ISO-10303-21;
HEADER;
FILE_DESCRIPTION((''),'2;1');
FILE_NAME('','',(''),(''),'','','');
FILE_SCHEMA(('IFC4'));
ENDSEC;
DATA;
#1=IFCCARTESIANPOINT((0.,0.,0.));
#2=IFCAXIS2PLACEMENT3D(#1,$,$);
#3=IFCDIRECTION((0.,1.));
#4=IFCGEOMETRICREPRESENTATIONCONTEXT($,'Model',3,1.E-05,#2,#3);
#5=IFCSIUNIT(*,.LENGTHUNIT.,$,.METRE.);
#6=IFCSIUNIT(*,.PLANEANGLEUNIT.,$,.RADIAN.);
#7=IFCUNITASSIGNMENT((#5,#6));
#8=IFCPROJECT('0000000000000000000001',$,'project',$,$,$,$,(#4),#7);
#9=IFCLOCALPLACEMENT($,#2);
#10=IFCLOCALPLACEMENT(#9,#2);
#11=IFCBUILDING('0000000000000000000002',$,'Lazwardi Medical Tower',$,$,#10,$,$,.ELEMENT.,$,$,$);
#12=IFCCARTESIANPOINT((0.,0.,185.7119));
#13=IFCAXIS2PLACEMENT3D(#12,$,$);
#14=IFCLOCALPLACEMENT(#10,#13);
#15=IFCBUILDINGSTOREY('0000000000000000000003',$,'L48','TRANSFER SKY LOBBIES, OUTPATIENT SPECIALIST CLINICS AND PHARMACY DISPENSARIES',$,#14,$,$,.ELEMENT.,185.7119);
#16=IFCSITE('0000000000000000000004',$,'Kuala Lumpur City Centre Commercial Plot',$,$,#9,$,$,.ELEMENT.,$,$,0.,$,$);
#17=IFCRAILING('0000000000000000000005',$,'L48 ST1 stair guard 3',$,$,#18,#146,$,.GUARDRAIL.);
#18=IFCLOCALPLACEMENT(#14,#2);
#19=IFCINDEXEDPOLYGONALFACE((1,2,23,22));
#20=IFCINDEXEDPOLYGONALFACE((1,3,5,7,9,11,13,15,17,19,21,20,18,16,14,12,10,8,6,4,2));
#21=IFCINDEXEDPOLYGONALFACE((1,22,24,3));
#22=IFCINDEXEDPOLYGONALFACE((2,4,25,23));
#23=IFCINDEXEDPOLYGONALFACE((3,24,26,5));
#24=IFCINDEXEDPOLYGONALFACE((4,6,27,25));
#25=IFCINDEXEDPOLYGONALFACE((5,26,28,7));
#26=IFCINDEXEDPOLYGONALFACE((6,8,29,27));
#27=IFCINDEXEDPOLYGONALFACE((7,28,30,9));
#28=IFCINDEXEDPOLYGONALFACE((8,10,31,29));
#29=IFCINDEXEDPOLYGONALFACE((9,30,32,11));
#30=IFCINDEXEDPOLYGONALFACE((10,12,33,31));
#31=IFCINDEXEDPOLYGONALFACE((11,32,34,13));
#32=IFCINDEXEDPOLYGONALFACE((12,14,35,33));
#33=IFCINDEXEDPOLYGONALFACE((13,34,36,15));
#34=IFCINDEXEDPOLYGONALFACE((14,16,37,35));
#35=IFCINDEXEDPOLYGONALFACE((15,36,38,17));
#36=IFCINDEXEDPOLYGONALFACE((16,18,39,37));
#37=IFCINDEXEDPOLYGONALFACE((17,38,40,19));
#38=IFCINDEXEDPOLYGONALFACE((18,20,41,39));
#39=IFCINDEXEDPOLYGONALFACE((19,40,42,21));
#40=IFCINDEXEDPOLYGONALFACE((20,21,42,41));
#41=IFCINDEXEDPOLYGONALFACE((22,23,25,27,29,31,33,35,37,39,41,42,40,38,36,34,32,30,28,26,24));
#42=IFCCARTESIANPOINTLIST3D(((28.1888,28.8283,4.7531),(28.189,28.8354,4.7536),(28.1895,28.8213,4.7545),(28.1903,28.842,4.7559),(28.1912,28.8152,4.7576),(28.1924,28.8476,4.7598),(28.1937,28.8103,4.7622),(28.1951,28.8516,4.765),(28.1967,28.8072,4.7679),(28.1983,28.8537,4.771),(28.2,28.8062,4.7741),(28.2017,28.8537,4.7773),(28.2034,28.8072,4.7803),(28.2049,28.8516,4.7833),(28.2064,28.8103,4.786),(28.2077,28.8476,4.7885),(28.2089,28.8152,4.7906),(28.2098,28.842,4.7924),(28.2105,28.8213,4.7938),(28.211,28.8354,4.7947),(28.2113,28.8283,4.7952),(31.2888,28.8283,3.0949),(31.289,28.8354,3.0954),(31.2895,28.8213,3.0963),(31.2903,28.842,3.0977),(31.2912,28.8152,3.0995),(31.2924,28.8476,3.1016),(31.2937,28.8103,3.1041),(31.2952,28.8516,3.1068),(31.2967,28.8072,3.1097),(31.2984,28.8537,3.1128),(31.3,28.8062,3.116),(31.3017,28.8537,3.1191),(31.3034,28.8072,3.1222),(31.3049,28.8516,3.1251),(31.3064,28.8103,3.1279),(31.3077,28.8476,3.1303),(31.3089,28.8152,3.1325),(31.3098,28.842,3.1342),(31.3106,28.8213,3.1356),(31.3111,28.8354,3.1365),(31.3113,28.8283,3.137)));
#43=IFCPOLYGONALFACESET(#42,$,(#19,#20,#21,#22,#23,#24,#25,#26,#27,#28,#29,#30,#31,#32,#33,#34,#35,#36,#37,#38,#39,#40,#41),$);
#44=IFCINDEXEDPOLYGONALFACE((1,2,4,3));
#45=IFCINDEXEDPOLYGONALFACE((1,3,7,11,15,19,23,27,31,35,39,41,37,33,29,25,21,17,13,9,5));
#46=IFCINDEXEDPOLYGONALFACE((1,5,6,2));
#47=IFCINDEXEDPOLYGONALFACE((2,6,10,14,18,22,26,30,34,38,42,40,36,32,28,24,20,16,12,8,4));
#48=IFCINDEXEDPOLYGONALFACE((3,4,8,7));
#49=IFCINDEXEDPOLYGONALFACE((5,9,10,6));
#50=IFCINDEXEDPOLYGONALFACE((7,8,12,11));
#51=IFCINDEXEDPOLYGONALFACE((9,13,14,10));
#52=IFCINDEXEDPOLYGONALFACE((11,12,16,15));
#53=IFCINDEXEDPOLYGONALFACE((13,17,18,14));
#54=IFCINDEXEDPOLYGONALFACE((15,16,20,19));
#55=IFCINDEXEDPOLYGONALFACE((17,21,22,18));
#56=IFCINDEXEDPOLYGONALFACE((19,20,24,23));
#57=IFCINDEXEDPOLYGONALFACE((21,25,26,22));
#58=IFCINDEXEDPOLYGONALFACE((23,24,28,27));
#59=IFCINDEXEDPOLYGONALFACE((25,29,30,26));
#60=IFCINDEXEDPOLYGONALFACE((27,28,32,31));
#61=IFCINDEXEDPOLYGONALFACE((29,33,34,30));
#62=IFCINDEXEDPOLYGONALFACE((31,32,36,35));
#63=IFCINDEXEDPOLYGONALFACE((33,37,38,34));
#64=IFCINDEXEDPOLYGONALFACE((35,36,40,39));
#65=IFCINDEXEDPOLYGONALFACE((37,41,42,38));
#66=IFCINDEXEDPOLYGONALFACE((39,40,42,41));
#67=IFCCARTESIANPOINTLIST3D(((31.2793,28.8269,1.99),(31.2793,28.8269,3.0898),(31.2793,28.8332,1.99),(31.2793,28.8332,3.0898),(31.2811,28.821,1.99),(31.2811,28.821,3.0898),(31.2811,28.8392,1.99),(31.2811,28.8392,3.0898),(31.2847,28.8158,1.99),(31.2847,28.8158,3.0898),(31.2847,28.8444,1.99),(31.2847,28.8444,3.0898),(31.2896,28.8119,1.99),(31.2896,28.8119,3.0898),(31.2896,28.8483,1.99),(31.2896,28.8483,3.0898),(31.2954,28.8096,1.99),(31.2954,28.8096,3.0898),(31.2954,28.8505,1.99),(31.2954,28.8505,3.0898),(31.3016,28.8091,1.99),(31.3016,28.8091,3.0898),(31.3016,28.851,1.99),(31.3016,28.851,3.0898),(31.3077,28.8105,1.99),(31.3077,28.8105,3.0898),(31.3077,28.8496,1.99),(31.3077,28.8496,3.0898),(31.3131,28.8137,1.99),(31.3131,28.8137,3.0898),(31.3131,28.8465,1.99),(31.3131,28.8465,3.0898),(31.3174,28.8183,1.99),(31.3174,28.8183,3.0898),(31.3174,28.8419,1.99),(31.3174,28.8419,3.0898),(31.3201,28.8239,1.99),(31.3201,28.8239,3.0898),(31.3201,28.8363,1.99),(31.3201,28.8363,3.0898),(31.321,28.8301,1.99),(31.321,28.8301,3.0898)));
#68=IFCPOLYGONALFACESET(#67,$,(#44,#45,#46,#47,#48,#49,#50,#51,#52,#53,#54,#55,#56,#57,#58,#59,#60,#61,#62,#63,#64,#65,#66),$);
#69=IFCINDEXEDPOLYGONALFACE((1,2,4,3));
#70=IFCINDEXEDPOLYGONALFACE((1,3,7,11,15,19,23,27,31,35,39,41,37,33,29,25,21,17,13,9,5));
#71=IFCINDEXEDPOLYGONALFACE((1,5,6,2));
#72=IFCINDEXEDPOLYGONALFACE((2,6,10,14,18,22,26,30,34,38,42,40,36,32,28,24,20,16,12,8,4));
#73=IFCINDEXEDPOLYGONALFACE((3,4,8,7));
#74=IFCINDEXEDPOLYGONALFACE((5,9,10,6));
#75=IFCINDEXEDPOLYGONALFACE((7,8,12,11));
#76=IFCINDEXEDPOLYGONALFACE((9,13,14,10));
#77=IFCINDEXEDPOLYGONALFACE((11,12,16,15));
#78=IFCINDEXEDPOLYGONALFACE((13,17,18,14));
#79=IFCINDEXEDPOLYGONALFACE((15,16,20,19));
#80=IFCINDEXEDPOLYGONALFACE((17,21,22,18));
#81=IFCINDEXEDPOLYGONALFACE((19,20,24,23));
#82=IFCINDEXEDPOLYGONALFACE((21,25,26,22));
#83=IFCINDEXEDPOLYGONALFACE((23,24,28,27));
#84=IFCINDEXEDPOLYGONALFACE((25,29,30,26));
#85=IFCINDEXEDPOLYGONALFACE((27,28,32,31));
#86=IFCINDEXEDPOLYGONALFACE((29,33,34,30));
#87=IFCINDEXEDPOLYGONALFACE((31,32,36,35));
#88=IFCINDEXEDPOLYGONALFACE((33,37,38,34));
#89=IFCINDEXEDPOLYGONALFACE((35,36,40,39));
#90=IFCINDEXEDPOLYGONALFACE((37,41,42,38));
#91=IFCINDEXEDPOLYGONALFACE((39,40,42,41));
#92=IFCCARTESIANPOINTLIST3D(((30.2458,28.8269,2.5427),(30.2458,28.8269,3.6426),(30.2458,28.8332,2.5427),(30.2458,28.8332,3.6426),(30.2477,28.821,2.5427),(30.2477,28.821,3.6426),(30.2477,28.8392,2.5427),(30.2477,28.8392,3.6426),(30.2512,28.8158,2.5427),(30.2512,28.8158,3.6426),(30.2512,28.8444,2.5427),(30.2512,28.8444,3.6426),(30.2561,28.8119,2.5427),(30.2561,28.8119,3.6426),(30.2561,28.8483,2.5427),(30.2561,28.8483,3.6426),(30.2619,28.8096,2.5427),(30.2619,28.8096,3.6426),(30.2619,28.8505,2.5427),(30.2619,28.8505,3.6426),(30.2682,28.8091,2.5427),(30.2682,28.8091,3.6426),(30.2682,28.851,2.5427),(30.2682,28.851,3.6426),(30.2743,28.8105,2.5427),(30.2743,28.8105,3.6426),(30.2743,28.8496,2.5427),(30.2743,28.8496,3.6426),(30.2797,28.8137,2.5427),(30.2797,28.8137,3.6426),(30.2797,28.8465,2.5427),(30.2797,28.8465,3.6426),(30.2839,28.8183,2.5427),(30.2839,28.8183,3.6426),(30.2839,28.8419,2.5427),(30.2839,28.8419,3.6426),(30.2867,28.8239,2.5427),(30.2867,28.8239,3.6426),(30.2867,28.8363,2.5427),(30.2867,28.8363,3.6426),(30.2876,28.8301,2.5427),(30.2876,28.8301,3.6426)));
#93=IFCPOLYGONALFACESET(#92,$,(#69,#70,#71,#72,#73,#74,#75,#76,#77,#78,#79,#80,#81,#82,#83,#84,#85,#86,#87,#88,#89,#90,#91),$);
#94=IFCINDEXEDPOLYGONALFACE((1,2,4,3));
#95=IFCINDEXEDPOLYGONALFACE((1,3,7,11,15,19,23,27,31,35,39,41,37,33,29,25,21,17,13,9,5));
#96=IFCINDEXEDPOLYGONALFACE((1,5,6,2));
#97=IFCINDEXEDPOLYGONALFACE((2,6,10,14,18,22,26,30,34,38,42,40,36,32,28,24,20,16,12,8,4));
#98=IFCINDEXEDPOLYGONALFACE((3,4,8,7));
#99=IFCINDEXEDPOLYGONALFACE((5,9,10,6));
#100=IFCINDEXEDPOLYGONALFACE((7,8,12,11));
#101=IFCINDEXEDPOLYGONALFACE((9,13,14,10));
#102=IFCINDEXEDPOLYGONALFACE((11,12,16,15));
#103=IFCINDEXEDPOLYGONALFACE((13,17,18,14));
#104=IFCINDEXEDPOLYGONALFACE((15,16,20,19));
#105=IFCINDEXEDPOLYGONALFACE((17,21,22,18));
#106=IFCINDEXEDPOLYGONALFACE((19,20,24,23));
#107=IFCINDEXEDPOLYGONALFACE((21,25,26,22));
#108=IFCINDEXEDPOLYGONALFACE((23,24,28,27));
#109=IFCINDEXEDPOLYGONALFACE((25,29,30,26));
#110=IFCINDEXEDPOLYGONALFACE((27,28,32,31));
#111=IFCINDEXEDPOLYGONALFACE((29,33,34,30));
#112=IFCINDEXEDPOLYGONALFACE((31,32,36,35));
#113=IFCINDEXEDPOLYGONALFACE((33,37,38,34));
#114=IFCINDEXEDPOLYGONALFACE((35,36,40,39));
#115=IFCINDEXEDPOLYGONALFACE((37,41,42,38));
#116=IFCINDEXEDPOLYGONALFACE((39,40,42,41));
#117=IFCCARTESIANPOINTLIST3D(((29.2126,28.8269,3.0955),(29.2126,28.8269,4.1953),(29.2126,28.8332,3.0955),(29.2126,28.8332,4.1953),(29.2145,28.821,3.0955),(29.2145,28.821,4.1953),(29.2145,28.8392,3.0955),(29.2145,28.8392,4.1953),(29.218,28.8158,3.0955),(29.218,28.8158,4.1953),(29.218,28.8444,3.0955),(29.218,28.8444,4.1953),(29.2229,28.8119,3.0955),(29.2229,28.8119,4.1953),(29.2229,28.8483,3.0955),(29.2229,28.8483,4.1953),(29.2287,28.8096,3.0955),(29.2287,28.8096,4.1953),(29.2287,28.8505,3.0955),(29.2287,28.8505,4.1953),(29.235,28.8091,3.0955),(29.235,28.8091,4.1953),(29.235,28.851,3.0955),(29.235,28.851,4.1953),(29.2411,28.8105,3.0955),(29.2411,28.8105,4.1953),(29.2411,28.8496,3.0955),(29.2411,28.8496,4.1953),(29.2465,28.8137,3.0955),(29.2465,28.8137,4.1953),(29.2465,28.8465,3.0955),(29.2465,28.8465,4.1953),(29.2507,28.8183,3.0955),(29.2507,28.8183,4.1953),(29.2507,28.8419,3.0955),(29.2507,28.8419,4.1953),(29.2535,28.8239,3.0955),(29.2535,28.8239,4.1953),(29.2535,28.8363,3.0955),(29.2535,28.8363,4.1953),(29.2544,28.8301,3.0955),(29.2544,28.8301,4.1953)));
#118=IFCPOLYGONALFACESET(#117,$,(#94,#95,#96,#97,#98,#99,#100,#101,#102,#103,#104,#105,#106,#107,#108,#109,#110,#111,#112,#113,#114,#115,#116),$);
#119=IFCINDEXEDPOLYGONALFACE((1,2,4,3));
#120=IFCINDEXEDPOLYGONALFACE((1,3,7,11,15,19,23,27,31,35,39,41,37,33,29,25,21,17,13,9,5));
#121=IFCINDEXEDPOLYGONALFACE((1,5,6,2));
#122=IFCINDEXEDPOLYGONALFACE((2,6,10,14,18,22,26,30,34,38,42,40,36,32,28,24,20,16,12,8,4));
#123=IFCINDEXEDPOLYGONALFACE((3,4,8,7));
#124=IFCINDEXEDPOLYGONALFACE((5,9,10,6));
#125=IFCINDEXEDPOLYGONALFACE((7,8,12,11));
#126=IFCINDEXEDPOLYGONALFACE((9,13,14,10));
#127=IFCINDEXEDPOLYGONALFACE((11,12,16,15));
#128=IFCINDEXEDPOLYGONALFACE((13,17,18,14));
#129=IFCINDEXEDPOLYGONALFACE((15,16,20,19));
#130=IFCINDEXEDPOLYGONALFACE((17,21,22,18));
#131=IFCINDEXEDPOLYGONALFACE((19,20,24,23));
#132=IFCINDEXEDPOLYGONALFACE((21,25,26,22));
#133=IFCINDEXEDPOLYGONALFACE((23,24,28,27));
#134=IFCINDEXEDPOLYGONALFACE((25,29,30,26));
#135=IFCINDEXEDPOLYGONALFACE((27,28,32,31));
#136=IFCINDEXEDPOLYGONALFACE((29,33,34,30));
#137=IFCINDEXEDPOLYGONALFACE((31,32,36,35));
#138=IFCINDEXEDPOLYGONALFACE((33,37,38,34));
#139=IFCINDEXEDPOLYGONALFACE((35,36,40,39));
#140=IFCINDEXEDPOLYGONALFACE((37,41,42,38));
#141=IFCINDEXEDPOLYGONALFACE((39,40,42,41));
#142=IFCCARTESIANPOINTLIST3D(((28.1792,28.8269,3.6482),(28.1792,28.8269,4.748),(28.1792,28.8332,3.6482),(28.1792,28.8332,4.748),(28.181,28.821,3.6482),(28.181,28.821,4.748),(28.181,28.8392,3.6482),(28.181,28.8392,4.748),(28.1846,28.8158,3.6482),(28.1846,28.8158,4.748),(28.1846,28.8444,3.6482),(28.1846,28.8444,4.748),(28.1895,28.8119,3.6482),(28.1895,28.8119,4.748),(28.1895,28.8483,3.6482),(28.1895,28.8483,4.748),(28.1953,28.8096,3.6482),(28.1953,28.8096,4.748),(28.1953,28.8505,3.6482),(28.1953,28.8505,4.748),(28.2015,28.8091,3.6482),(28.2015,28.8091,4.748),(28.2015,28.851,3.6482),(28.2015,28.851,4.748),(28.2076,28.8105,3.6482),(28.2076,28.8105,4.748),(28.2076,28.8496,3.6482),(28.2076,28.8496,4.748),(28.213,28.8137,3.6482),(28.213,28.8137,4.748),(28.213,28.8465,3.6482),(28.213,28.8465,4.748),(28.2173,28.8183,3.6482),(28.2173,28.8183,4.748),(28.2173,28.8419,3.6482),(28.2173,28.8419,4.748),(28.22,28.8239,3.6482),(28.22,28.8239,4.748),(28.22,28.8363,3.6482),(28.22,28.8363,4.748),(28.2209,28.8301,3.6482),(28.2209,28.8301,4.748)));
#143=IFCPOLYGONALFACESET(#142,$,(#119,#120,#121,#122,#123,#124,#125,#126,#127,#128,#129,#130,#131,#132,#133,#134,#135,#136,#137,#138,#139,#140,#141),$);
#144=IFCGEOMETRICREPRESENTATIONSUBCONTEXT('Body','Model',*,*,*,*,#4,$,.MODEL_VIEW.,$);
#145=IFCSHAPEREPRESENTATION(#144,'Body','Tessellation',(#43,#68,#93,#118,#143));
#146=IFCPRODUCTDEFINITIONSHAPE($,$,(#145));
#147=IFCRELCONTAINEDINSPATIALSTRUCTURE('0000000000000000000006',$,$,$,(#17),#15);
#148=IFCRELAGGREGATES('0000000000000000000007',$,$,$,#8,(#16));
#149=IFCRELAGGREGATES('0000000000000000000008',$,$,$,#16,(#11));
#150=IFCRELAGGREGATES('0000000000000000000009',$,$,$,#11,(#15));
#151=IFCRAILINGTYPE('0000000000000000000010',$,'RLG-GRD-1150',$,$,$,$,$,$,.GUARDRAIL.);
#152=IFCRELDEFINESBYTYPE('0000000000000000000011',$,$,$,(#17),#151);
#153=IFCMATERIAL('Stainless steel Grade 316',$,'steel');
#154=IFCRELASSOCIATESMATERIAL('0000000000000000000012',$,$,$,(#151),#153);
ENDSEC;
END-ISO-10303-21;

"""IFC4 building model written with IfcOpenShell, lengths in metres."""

from ifc_helpers import new_model, si_unit, direction, frame, origin, origin_2d, place, context, subcontext, project, spatial, circle, extrude, material, type_object, element, save


model = new_model("IFC4")

# Units and contexts
model_context = context("Model", 3, precision=1e-05, world=origin(), true_north=direction((0.0, 1.0)))
body_context = subcontext(model_context, "Body", "Model", "MODEL_VIEW")
ifc_project = project(units=[si_unit("LENGTHUNIT", "METRE"), si_unit("PLANEANGLEUNIT", "RADIAN")], contexts=[model_context])

# Site, building, storey
site_placement = place(None, origin())
site = spatial("IfcSite", under=ifc_project, at=site_placement, Name="Kuala Lumpur City Centre Commercial Plot", CompositionType="ELEMENT", RefElevation=0.0)
building_placement = place(site_placement, origin())
building = spatial("IfcBuilding", under=site, at=building_placement, Name="Lazwardi Medical Tower", CompositionType="ELEMENT")
storey_placement = place(building_placement, frame((0.0, 0.0, 185.7119)))
storey = spatial("IfcBuildingStorey", under=building, at=storey_placement, Name="L48", Description="TRANSFER SKY LOBBIES, OUTPATIENT SPECIALIST CLINICS AND PHARMACY DISPENSARIES", CompositionType="ELEMENT", Elevation=185.7119)

# Railing
ifc_material_1 = material(Name="Stainless steel Grade 316", Category="steel")
railing_type_1 = type_object("IfcRailingType", Name="RLG-GRD-1150", PredefinedType="GUARDRAIL", material=ifc_material_1)
railing_1_placement = place(storey_placement, frame((31.3, 28.8301, 1.99)))
element("IfcRailing", 1, at=railing_1_placement, inside=storey, type_object=railing_type_1, Name="L48 ST1 stair guard 3", PredefinedType="GUARDRAIL", context=body_context, shape_type="SweptSolid", body=[
    extrude(circle(Radius=0.0239, at=origin_2d()), frame((0.0, 0.0, 1.126), z_axis=(-0.881783, 0.0, 0.471655), x_axis=(0.0, -1.0, 0.0)), (0.0, 0.0, 1.0), 3.5156),
    extrude(circle(Radius=0.021, at=origin_2d()), origin(), (0.0, 0.0, 1.0), 1.0999),
    extrude(circle(Radius=0.021, at=origin_2d()), frame((-1.0334, 0.0, 0.5527)), (0.0, 0.0, 1.0), 1.0999),
    extrude(circle(Radius=0.021, at=origin_2d()), frame((-2.0667, 0.0, 1.1055)), (0.0, 0.0, 1.0), 1.0999),
    extrude(circle(Radius=0.021, at=origin_2d()), frame((-3.1001, 0.0, 1.6582)), (0.0, 0.0, 1.0), 1.0999),
])

save(model, "model.ifc")
